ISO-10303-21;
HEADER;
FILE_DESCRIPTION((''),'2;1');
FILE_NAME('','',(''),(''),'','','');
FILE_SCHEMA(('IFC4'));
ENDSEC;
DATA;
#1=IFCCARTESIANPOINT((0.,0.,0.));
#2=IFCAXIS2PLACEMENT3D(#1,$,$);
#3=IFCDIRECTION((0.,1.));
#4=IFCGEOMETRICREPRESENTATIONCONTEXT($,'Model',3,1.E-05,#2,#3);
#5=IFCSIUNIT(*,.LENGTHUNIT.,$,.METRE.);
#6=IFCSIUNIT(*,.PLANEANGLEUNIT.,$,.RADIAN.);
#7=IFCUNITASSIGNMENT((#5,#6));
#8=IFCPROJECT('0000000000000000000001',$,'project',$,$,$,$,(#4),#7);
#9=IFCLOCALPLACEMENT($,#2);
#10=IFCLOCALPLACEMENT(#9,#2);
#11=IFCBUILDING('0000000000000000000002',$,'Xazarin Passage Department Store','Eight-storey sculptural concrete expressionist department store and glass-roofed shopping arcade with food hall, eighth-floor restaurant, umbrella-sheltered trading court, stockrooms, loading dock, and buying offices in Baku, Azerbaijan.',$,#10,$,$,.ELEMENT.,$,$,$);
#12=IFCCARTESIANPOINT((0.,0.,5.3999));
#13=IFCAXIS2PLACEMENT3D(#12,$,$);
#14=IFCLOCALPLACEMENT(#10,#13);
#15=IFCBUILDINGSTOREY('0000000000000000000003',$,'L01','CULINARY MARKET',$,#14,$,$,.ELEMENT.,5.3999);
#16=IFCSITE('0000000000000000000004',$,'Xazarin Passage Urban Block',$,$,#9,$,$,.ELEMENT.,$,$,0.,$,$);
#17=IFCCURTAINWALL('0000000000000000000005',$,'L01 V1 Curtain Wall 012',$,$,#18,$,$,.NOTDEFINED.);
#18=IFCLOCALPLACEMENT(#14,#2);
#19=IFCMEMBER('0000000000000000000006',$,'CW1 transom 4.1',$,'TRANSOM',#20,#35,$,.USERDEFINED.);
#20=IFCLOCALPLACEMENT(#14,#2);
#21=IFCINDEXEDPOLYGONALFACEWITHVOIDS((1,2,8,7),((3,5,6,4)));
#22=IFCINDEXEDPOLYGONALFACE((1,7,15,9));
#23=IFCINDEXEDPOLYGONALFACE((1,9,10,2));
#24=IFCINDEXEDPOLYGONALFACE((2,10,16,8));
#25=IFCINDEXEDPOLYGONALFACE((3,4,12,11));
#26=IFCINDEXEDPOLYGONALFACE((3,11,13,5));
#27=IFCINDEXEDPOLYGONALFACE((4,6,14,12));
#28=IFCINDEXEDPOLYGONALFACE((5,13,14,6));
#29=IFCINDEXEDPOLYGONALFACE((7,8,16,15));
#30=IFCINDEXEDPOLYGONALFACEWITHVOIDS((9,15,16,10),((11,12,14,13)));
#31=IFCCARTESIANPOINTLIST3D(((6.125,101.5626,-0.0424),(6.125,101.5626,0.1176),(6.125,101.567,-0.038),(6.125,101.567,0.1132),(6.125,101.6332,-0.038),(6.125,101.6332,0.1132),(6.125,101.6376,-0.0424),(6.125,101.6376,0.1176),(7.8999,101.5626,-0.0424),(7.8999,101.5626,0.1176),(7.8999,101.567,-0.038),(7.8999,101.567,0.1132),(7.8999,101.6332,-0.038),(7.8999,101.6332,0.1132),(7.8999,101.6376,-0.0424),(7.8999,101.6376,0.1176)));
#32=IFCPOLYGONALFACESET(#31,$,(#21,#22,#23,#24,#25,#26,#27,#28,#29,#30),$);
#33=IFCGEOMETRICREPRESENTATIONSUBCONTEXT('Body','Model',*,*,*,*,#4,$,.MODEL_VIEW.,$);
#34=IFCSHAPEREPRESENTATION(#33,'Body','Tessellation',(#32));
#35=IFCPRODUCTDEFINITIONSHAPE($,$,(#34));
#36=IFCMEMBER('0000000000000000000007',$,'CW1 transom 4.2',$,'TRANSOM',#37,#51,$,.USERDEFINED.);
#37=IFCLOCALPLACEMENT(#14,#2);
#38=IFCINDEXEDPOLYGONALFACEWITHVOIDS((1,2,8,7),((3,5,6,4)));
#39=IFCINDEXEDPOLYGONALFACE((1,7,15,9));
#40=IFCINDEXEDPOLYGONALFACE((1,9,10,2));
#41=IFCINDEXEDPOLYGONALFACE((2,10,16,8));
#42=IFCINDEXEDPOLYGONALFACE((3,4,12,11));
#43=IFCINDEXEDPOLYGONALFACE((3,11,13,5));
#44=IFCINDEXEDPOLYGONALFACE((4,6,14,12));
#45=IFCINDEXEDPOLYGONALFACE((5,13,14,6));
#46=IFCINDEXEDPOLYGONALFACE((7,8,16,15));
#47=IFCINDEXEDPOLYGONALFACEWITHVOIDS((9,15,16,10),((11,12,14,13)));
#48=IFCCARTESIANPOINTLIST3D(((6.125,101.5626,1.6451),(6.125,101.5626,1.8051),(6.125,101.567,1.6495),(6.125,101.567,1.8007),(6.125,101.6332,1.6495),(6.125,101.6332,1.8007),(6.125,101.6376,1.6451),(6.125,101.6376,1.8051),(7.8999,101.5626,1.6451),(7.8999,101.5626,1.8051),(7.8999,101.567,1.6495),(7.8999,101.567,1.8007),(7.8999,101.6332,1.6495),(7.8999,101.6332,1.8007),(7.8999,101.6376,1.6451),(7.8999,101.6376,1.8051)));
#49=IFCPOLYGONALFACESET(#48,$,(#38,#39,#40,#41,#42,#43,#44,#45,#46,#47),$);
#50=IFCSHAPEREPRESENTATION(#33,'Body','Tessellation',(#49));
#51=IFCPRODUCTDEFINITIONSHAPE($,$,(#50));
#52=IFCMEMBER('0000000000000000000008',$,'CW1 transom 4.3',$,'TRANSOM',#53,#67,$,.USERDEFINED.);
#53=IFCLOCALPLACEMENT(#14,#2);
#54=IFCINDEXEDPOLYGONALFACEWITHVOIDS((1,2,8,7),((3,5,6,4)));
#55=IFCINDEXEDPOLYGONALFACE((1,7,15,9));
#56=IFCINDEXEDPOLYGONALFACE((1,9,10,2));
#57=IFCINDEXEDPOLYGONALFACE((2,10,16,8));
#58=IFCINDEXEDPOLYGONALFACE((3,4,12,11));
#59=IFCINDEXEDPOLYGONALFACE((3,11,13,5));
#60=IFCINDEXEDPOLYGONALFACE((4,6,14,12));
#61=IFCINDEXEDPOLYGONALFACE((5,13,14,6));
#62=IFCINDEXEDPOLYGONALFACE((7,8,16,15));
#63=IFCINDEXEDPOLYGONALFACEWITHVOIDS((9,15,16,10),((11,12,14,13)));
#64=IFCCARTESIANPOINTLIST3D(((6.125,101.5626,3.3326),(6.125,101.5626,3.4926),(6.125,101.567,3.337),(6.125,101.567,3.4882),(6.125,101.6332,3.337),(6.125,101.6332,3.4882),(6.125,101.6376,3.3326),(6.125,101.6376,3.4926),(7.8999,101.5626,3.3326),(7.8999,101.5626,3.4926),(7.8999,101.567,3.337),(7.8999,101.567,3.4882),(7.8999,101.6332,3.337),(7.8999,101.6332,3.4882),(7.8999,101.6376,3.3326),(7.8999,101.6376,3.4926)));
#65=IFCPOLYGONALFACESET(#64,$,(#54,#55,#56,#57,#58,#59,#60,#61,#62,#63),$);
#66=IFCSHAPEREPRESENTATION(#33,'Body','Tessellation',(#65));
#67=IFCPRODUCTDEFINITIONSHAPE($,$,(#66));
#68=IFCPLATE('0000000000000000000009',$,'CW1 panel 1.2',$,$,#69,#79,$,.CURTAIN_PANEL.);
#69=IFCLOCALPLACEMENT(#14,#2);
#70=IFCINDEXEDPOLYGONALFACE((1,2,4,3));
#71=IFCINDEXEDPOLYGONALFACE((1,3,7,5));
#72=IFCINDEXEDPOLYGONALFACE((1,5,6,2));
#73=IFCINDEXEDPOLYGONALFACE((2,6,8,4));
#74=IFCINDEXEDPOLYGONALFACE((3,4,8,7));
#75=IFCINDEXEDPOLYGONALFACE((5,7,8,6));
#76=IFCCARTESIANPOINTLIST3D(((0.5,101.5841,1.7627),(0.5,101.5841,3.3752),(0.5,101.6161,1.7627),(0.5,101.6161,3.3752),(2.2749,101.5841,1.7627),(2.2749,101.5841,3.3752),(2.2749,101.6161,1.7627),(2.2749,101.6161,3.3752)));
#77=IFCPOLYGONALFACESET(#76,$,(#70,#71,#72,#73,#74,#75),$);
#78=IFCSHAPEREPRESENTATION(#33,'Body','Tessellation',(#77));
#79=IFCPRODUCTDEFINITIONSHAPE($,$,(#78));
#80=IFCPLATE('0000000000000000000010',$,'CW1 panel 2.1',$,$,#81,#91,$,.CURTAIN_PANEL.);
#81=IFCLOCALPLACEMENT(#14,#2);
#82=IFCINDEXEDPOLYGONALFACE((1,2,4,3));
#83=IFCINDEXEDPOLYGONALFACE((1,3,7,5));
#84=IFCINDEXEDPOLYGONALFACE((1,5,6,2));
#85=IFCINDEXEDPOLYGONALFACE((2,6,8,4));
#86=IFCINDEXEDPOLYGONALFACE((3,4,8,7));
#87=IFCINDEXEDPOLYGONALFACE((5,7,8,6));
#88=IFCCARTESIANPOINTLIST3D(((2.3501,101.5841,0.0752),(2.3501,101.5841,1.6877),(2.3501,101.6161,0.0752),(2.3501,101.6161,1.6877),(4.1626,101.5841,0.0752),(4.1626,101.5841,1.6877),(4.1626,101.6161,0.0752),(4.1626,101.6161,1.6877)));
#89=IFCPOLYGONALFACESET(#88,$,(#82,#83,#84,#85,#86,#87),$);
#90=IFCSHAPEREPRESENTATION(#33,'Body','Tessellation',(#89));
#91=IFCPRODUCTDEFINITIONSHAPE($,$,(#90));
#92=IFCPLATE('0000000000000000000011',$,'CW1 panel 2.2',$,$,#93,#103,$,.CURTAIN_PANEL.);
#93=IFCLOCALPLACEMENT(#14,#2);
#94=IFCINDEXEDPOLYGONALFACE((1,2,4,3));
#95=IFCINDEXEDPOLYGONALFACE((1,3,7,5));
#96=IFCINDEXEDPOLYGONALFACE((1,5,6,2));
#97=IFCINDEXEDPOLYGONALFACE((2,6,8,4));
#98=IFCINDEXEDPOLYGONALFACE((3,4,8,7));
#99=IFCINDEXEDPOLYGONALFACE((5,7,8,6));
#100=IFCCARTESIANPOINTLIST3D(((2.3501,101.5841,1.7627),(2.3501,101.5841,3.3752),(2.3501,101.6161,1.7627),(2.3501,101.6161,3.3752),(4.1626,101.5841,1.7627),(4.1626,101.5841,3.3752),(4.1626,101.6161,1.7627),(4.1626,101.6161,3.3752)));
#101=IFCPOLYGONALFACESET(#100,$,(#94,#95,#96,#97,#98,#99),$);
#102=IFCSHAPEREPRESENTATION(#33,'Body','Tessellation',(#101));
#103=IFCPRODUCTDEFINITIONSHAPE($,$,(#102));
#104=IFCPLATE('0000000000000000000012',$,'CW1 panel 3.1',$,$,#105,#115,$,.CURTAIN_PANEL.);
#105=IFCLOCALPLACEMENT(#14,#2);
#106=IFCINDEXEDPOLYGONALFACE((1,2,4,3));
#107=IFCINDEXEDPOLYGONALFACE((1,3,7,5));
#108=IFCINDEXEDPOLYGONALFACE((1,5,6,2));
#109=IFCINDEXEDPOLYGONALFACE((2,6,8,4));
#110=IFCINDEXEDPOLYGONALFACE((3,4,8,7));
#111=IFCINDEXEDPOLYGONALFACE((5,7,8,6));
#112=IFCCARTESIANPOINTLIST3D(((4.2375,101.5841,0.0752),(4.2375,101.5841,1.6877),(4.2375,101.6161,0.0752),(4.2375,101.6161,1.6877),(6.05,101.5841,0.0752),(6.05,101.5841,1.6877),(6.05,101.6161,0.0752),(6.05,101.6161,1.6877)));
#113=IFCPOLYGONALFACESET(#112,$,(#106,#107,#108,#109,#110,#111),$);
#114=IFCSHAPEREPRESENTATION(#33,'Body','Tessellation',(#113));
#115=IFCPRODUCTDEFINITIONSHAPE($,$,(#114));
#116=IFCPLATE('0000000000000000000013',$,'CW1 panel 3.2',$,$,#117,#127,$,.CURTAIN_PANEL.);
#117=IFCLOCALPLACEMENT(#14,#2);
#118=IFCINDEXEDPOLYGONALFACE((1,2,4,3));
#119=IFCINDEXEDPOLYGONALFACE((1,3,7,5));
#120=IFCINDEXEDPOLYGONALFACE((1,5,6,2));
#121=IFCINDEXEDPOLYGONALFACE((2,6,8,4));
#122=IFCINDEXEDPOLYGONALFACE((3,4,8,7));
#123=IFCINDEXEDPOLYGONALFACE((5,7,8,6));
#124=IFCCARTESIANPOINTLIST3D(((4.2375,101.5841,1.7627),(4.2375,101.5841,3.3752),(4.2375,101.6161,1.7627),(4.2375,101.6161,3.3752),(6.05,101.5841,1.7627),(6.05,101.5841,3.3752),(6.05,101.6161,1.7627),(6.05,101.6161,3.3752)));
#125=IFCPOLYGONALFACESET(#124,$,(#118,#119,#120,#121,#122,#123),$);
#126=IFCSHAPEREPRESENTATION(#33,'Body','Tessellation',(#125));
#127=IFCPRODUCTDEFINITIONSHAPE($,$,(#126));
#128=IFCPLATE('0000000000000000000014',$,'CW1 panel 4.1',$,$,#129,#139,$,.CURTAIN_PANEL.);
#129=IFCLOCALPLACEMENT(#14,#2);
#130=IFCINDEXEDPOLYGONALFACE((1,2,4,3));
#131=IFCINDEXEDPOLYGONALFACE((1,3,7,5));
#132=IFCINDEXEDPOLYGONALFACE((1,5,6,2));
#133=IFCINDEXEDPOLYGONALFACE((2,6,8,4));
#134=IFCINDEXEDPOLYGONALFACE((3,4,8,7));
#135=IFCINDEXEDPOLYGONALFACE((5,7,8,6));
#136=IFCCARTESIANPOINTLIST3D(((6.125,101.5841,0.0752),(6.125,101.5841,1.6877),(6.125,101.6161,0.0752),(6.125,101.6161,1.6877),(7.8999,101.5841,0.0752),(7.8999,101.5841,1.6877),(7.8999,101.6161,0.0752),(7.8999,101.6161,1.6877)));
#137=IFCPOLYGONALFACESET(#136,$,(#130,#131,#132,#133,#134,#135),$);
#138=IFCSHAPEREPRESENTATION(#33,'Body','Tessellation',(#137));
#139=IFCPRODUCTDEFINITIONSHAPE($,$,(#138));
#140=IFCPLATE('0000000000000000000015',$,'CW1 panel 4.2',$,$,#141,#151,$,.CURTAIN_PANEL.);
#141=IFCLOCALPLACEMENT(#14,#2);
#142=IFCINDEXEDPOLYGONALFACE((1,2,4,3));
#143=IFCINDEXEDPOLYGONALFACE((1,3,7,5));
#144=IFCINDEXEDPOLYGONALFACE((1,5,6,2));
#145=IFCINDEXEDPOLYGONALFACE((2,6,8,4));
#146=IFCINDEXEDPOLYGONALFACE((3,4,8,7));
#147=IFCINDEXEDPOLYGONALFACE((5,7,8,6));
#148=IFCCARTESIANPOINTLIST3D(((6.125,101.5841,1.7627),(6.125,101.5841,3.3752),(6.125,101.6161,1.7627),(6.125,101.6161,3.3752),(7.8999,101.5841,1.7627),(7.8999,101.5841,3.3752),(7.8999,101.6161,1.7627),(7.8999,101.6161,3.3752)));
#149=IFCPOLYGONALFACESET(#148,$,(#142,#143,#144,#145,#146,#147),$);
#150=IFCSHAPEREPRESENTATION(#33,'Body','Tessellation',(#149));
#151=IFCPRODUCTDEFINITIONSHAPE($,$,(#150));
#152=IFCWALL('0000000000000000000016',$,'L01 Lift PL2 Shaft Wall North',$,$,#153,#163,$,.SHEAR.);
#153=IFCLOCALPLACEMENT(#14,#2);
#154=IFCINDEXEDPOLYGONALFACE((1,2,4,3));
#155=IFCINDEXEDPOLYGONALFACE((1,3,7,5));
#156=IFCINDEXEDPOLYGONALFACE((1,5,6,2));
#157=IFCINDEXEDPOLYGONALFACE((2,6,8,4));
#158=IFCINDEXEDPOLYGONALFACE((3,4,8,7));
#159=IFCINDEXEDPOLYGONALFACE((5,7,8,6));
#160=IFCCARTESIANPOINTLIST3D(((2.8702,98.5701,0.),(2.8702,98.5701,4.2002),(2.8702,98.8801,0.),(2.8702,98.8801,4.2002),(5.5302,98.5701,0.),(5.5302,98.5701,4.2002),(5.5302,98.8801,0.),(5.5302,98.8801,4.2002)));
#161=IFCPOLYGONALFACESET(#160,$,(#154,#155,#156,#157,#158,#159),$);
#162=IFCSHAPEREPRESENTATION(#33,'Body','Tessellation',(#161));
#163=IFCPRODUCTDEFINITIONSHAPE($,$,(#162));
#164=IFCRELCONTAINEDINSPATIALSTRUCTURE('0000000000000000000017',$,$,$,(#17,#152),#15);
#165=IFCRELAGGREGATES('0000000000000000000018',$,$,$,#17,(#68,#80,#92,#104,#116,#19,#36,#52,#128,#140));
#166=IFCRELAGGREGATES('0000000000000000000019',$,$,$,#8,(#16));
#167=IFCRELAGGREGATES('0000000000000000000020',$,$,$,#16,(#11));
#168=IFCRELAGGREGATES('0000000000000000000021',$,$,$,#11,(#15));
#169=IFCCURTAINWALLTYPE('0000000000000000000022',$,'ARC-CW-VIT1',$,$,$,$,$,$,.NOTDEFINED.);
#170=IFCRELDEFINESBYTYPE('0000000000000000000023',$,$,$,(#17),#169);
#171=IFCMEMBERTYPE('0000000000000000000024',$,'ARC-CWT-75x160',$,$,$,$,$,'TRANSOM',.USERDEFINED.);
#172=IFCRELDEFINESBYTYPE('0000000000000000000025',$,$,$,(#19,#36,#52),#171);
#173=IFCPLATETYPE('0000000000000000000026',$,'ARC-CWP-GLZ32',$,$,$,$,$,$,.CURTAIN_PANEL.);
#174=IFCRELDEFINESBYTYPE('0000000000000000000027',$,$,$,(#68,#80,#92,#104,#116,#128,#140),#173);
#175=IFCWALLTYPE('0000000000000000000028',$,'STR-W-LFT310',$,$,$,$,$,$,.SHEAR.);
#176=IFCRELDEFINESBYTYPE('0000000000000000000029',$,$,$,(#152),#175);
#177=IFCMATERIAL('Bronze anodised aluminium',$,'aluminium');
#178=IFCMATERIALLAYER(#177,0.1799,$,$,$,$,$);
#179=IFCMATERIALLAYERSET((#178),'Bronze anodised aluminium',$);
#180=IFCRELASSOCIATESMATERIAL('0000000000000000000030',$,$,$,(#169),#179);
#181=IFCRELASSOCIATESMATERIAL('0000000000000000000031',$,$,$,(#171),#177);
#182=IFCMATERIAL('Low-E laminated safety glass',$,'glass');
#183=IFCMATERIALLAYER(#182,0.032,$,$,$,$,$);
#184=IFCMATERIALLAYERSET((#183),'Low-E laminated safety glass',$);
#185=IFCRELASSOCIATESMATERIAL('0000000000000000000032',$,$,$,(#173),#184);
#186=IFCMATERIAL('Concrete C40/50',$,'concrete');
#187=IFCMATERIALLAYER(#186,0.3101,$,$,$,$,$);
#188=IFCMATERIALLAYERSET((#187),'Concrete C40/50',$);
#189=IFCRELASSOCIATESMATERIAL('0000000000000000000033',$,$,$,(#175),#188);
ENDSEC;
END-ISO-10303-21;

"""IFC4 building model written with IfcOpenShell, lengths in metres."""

from ifc_helpers import new_model, si_unit, direction, frame, frame_2d, origin, origin_2d, place, context, subcontext, project, spatial, rectangle, hollow_rectangle, extrude, material, layer, layer_set, material_profile, profile_set, type_object, element, aggregate, save


model = new_model("IFC4")

# Units and contexts
model_context = context("Model", 3, precision=1e-05, world=origin(), true_north=direction((0.0, 1.0)))
body_context = subcontext(model_context, "Body", "Model", "MODEL_VIEW")
ifc_project = project(units=[si_unit("LENGTHUNIT", "METRE"), si_unit("PLANEANGLEUNIT", "RADIAN")], contexts=[model_context])

# Site, building, storey
site_placement = place(None, origin())
site = spatial("IfcSite", under=ifc_project, at=site_placement, Name="Xazarin Passage Urban Block", CompositionType="ELEMENT", RefElevation=0.0)
building_placement = place(site_placement, origin())
building = spatial("IfcBuilding", under=site, at=building_placement, Name="Xazarin Passage Department Store", Description="Eight-storey sculptural concrete expressionist department store and glass-roofed shopping arcade with food hall, eighth-floor restaurant, umbrella-sheltered trading court, stockrooms, loading dock, and buying offices in Baku, Azerbaijan.", CompositionType="ELEMENT")
storey_placement = place(building_placement, frame((0.0, 0.0, 5.3999)))
storey = spatial("IfcBuildingStorey", under=building, at=storey_placement, Name="L01", Description="CULINARY MARKET", CompositionType="ELEMENT", Elevation=5.3999)

# Shared definitions
ifc_material_1 = material(Name="Concrete C40/50", Category="concrete")

# Curtain wall, members, plates
ifc_material_2 = material(Name="Bronze anodised aluminium", Category="aluminium")
ifc_layer_1 = layer(ifc_material_2, 0.1799)
ifc_layer_set_1 = layer_set([ifc_layer_1], Name="Bronze anodised aluminium")
curtain_wall_type = type_object("IfcCurtainWallType", Name="ARC-CW-VIT1", PredefinedType="NOTDEFINED", material=ifc_layer_set_1)
curtain_wall_placement = place(storey_placement, origin())
curtain_wall = element("IfcCurtainWall", 1, at=curtain_wall_placement, inside=storey, type_object=curtain_wall_type, Name="L01 V1 Curtain Wall 012", PredefinedType="NOTDEFINED")
ifc_material_profile_1 = material_profile(ifc_material_2, hollow_rectangle(XDim=0.075, YDim=0.1599, WallThickness=0.0044, at=origin_2d()), Name="ALU 75x160")
ifc_profile_set_1 = profile_set([ifc_material_profile_1], Name="Bronze anodised aluminium")
member_type_1 = type_object("IfcMemberType", Name="ARC-CWT-75x160", ElementType="TRANSOM", PredefinedType="USERDEFINED", material=ifc_profile_set_1)
member_1_placement = place(storey_placement, frame((6.125, 101.6001, 0.0376), z_axis=(1.0, 0.0, 0.0), x_axis=(0.0, 1.0, 0.0)))
member_1 = element("IfcMember", 2, at=member_1_placement, type_object=member_type_1, Name="CW1 transom 4.1", ObjectType="TRANSOM", PredefinedType="USERDEFINED", context=body_context, shape_type="SweptSolid", body=[
    extrude(hollow_rectangle(XDim=0.075, YDim=0.1599, WallThickness=0.0044, at=origin_2d()), origin(), (0.0, 0.0, 1.0), 1.7749),
])
member_2_placement = place(storey_placement, frame((6.125, 101.6001, 1.7251), z_axis=(1.0, 0.0, 0.0), x_axis=(0.0, 1.0, 0.0)))
member_2 = element("IfcMember", 3, at=member_2_placement, type_object=member_type_1, Name="CW1 transom 4.2", ObjectType="TRANSOM", PredefinedType="USERDEFINED", context=body_context, shape_type="SweptSolid", body=[
    extrude(hollow_rectangle(XDim=0.075, YDim=0.1599, WallThickness=0.0044, at=origin_2d()), origin(), (0.0, 0.0, 1.0), 1.7749),
])
member_3_placement = place(storey_placement, frame((6.125, 101.6001, 3.4126), z_axis=(1.0, 0.0, 0.0), x_axis=(0.0, 1.0, 0.0)))
member_3 = element("IfcMember", 4, at=member_3_placement, type_object=member_type_1, Name="CW1 transom 4.3", ObjectType="TRANSOM", PredefinedType="USERDEFINED", context=body_context, shape_type="SweptSolid", body=[
    extrude(hollow_rectangle(XDim=0.075, YDim=0.1599, WallThickness=0.0044, at=origin_2d()), origin(), (0.0, 0.0, 1.0), 1.7749),
])
ifc_material_3 = material(Name="Low-E laminated safety glass", Category="glass")
ifc_layer_2 = layer(ifc_material_3, 0.032)
ifc_layer_set_2 = layer_set([ifc_layer_2], Name="Low-E laminated safety glass")
plate_type = type_object("IfcPlateType", Name="ARC-CWP-GLZ32", PredefinedType="CURTAIN_PANEL", material=ifc_layer_set_2)
plate_1_placement = place(storey_placement, frame((1.3875, 101.6001, 1.7627), z_axis=(0.0, 0.0, 1.0), x_axis=(1.0, 0.0, 0.0)))
plate_1 = element("IfcPlate", 5, at=plate_1_placement, type_object=plate_type, Name="CW1 panel 1.2", PredefinedType="CURTAIN_PANEL", context=body_context, shape_type="SweptSolid", body=[
    extrude(rectangle(XDim=1.7749, YDim=0.032, at=origin_2d()), origin(), (0.0, 0.0, 1.0), 1.6125),
])
plate_2_placement = place(storey_placement, frame((3.2563, 101.6001, 0.0752), z_axis=(0.0, 0.0, 1.0), x_axis=(1.0, 0.0, 0.0)))
plate_2 = element("IfcPlate", 6, at=plate_2_placement, type_object=plate_type, Name="CW1 panel 2.1", PredefinedType="CURTAIN_PANEL", context=body_context, shape_type="SweptSolid", body=[
    extrude(rectangle(XDim=1.8125, YDim=0.032, at=origin_2d()), origin(), (0.0, 0.0, 1.0), 1.6125),
])
plate_3_placement = place(storey_placement, frame((3.2563, 101.6001, 1.7627), z_axis=(0.0, 0.0, 1.0), x_axis=(1.0, 0.0, 0.0)))
plate_3 = element("IfcPlate", 7, at=plate_3_placement, type_object=plate_type, Name="CW1 panel 2.2", PredefinedType="CURTAIN_PANEL", context=body_context, shape_type="SweptSolid", body=[
    extrude(rectangle(XDim=1.8125, YDim=0.032, at=origin_2d()), origin(), (0.0, 0.0, 1.0), 1.6125),
])
plate_4_placement = place(storey_placement, frame((5.1438, 101.6001, 0.0752), z_axis=(0.0, 0.0, 1.0), x_axis=(1.0, 0.0, 0.0)))
plate_4 = element("IfcPlate", 8, at=plate_4_placement, type_object=plate_type, Name="CW1 panel 3.1", PredefinedType="CURTAIN_PANEL", context=body_context, shape_type="SweptSolid", body=[
    extrude(rectangle(XDim=1.8125, YDim=0.032, at=origin_2d()), origin(), (0.0, 0.0, 1.0), 1.6125),
])
plate_5_placement = place(storey_placement, frame((5.1438, 101.6001, 1.7627), z_axis=(0.0, 0.0, 1.0), x_axis=(1.0, 0.0, 0.0)))
plate_5 = element("IfcPlate", 9, at=plate_5_placement, type_object=plate_type, Name="CW1 panel 3.2", PredefinedType="CURTAIN_PANEL", context=body_context, shape_type="SweptSolid", body=[
    extrude(rectangle(XDim=1.8125, YDim=0.032, at=origin_2d()), origin(), (0.0, 0.0, 1.0), 1.6125),
])
plate_6_placement = place(storey_placement, frame((7.0125, 101.6001, 0.0752), z_axis=(0.0, 0.0, 1.0), x_axis=(1.0, 0.0, 0.0)))
plate_6 = element("IfcPlate", 10, at=plate_6_placement, type_object=plate_type, Name="CW1 panel 4.1", PredefinedType="CURTAIN_PANEL", context=body_context, shape_type="SweptSolid", body=[
    extrude(rectangle(XDim=1.7749, YDim=0.032, at=origin_2d()), origin(), (0.0, 0.0, 1.0), 1.6125),
])
plate_7_placement = place(storey_placement, frame((7.0125, 101.6001, 1.7627), z_axis=(0.0, 0.0, 1.0), x_axis=(1.0, 0.0, 0.0)))
plate_7 = element("IfcPlate", 11, at=plate_7_placement, type_object=plate_type, Name="CW1 panel 4.2", PredefinedType="CURTAIN_PANEL", context=body_context, shape_type="SweptSolid", body=[
    extrude(rectangle(XDim=1.7749, YDim=0.032, at=origin_2d()), origin(), (0.0, 0.0, 1.0), 1.6125),
])
aggregate(curtain_wall, [plate_1, plate_2, plate_3, plate_4, plate_5, member_1, member_2, member_3, plate_6, plate_7])

# Wall
ifc_layer_3 = layer(ifc_material_1, 0.3101)
ifc_layer_set_3 = layer_set([ifc_layer_3], Name="Concrete C40/50")
wall_type = type_object("IfcWallType", Name="STR-W-LFT310", PredefinedType="SHEAR", material=ifc_layer_set_3)
wall_placement = place(storey_placement, frame((2.8701, 98.7251, 0.0), z_axis=(0.0, 0.0, 1.0), x_axis=(1.0, 0.0, 0.0)))
element("IfcWall", 12, at=wall_placement, inside=storey, type_object=wall_type, Name="L01 Lift PL2 Shaft Wall North", PredefinedType="SHEAR", context=body_context, shape_type="SweptSolid", body=[
    extrude(rectangle(XDim=2.6599, YDim=0.3101, at=frame_2d((1.3301, 0.0))), origin(), (0.0, 0.0, 1.0), 4.2002),
])

save(model, "model.ifc")
